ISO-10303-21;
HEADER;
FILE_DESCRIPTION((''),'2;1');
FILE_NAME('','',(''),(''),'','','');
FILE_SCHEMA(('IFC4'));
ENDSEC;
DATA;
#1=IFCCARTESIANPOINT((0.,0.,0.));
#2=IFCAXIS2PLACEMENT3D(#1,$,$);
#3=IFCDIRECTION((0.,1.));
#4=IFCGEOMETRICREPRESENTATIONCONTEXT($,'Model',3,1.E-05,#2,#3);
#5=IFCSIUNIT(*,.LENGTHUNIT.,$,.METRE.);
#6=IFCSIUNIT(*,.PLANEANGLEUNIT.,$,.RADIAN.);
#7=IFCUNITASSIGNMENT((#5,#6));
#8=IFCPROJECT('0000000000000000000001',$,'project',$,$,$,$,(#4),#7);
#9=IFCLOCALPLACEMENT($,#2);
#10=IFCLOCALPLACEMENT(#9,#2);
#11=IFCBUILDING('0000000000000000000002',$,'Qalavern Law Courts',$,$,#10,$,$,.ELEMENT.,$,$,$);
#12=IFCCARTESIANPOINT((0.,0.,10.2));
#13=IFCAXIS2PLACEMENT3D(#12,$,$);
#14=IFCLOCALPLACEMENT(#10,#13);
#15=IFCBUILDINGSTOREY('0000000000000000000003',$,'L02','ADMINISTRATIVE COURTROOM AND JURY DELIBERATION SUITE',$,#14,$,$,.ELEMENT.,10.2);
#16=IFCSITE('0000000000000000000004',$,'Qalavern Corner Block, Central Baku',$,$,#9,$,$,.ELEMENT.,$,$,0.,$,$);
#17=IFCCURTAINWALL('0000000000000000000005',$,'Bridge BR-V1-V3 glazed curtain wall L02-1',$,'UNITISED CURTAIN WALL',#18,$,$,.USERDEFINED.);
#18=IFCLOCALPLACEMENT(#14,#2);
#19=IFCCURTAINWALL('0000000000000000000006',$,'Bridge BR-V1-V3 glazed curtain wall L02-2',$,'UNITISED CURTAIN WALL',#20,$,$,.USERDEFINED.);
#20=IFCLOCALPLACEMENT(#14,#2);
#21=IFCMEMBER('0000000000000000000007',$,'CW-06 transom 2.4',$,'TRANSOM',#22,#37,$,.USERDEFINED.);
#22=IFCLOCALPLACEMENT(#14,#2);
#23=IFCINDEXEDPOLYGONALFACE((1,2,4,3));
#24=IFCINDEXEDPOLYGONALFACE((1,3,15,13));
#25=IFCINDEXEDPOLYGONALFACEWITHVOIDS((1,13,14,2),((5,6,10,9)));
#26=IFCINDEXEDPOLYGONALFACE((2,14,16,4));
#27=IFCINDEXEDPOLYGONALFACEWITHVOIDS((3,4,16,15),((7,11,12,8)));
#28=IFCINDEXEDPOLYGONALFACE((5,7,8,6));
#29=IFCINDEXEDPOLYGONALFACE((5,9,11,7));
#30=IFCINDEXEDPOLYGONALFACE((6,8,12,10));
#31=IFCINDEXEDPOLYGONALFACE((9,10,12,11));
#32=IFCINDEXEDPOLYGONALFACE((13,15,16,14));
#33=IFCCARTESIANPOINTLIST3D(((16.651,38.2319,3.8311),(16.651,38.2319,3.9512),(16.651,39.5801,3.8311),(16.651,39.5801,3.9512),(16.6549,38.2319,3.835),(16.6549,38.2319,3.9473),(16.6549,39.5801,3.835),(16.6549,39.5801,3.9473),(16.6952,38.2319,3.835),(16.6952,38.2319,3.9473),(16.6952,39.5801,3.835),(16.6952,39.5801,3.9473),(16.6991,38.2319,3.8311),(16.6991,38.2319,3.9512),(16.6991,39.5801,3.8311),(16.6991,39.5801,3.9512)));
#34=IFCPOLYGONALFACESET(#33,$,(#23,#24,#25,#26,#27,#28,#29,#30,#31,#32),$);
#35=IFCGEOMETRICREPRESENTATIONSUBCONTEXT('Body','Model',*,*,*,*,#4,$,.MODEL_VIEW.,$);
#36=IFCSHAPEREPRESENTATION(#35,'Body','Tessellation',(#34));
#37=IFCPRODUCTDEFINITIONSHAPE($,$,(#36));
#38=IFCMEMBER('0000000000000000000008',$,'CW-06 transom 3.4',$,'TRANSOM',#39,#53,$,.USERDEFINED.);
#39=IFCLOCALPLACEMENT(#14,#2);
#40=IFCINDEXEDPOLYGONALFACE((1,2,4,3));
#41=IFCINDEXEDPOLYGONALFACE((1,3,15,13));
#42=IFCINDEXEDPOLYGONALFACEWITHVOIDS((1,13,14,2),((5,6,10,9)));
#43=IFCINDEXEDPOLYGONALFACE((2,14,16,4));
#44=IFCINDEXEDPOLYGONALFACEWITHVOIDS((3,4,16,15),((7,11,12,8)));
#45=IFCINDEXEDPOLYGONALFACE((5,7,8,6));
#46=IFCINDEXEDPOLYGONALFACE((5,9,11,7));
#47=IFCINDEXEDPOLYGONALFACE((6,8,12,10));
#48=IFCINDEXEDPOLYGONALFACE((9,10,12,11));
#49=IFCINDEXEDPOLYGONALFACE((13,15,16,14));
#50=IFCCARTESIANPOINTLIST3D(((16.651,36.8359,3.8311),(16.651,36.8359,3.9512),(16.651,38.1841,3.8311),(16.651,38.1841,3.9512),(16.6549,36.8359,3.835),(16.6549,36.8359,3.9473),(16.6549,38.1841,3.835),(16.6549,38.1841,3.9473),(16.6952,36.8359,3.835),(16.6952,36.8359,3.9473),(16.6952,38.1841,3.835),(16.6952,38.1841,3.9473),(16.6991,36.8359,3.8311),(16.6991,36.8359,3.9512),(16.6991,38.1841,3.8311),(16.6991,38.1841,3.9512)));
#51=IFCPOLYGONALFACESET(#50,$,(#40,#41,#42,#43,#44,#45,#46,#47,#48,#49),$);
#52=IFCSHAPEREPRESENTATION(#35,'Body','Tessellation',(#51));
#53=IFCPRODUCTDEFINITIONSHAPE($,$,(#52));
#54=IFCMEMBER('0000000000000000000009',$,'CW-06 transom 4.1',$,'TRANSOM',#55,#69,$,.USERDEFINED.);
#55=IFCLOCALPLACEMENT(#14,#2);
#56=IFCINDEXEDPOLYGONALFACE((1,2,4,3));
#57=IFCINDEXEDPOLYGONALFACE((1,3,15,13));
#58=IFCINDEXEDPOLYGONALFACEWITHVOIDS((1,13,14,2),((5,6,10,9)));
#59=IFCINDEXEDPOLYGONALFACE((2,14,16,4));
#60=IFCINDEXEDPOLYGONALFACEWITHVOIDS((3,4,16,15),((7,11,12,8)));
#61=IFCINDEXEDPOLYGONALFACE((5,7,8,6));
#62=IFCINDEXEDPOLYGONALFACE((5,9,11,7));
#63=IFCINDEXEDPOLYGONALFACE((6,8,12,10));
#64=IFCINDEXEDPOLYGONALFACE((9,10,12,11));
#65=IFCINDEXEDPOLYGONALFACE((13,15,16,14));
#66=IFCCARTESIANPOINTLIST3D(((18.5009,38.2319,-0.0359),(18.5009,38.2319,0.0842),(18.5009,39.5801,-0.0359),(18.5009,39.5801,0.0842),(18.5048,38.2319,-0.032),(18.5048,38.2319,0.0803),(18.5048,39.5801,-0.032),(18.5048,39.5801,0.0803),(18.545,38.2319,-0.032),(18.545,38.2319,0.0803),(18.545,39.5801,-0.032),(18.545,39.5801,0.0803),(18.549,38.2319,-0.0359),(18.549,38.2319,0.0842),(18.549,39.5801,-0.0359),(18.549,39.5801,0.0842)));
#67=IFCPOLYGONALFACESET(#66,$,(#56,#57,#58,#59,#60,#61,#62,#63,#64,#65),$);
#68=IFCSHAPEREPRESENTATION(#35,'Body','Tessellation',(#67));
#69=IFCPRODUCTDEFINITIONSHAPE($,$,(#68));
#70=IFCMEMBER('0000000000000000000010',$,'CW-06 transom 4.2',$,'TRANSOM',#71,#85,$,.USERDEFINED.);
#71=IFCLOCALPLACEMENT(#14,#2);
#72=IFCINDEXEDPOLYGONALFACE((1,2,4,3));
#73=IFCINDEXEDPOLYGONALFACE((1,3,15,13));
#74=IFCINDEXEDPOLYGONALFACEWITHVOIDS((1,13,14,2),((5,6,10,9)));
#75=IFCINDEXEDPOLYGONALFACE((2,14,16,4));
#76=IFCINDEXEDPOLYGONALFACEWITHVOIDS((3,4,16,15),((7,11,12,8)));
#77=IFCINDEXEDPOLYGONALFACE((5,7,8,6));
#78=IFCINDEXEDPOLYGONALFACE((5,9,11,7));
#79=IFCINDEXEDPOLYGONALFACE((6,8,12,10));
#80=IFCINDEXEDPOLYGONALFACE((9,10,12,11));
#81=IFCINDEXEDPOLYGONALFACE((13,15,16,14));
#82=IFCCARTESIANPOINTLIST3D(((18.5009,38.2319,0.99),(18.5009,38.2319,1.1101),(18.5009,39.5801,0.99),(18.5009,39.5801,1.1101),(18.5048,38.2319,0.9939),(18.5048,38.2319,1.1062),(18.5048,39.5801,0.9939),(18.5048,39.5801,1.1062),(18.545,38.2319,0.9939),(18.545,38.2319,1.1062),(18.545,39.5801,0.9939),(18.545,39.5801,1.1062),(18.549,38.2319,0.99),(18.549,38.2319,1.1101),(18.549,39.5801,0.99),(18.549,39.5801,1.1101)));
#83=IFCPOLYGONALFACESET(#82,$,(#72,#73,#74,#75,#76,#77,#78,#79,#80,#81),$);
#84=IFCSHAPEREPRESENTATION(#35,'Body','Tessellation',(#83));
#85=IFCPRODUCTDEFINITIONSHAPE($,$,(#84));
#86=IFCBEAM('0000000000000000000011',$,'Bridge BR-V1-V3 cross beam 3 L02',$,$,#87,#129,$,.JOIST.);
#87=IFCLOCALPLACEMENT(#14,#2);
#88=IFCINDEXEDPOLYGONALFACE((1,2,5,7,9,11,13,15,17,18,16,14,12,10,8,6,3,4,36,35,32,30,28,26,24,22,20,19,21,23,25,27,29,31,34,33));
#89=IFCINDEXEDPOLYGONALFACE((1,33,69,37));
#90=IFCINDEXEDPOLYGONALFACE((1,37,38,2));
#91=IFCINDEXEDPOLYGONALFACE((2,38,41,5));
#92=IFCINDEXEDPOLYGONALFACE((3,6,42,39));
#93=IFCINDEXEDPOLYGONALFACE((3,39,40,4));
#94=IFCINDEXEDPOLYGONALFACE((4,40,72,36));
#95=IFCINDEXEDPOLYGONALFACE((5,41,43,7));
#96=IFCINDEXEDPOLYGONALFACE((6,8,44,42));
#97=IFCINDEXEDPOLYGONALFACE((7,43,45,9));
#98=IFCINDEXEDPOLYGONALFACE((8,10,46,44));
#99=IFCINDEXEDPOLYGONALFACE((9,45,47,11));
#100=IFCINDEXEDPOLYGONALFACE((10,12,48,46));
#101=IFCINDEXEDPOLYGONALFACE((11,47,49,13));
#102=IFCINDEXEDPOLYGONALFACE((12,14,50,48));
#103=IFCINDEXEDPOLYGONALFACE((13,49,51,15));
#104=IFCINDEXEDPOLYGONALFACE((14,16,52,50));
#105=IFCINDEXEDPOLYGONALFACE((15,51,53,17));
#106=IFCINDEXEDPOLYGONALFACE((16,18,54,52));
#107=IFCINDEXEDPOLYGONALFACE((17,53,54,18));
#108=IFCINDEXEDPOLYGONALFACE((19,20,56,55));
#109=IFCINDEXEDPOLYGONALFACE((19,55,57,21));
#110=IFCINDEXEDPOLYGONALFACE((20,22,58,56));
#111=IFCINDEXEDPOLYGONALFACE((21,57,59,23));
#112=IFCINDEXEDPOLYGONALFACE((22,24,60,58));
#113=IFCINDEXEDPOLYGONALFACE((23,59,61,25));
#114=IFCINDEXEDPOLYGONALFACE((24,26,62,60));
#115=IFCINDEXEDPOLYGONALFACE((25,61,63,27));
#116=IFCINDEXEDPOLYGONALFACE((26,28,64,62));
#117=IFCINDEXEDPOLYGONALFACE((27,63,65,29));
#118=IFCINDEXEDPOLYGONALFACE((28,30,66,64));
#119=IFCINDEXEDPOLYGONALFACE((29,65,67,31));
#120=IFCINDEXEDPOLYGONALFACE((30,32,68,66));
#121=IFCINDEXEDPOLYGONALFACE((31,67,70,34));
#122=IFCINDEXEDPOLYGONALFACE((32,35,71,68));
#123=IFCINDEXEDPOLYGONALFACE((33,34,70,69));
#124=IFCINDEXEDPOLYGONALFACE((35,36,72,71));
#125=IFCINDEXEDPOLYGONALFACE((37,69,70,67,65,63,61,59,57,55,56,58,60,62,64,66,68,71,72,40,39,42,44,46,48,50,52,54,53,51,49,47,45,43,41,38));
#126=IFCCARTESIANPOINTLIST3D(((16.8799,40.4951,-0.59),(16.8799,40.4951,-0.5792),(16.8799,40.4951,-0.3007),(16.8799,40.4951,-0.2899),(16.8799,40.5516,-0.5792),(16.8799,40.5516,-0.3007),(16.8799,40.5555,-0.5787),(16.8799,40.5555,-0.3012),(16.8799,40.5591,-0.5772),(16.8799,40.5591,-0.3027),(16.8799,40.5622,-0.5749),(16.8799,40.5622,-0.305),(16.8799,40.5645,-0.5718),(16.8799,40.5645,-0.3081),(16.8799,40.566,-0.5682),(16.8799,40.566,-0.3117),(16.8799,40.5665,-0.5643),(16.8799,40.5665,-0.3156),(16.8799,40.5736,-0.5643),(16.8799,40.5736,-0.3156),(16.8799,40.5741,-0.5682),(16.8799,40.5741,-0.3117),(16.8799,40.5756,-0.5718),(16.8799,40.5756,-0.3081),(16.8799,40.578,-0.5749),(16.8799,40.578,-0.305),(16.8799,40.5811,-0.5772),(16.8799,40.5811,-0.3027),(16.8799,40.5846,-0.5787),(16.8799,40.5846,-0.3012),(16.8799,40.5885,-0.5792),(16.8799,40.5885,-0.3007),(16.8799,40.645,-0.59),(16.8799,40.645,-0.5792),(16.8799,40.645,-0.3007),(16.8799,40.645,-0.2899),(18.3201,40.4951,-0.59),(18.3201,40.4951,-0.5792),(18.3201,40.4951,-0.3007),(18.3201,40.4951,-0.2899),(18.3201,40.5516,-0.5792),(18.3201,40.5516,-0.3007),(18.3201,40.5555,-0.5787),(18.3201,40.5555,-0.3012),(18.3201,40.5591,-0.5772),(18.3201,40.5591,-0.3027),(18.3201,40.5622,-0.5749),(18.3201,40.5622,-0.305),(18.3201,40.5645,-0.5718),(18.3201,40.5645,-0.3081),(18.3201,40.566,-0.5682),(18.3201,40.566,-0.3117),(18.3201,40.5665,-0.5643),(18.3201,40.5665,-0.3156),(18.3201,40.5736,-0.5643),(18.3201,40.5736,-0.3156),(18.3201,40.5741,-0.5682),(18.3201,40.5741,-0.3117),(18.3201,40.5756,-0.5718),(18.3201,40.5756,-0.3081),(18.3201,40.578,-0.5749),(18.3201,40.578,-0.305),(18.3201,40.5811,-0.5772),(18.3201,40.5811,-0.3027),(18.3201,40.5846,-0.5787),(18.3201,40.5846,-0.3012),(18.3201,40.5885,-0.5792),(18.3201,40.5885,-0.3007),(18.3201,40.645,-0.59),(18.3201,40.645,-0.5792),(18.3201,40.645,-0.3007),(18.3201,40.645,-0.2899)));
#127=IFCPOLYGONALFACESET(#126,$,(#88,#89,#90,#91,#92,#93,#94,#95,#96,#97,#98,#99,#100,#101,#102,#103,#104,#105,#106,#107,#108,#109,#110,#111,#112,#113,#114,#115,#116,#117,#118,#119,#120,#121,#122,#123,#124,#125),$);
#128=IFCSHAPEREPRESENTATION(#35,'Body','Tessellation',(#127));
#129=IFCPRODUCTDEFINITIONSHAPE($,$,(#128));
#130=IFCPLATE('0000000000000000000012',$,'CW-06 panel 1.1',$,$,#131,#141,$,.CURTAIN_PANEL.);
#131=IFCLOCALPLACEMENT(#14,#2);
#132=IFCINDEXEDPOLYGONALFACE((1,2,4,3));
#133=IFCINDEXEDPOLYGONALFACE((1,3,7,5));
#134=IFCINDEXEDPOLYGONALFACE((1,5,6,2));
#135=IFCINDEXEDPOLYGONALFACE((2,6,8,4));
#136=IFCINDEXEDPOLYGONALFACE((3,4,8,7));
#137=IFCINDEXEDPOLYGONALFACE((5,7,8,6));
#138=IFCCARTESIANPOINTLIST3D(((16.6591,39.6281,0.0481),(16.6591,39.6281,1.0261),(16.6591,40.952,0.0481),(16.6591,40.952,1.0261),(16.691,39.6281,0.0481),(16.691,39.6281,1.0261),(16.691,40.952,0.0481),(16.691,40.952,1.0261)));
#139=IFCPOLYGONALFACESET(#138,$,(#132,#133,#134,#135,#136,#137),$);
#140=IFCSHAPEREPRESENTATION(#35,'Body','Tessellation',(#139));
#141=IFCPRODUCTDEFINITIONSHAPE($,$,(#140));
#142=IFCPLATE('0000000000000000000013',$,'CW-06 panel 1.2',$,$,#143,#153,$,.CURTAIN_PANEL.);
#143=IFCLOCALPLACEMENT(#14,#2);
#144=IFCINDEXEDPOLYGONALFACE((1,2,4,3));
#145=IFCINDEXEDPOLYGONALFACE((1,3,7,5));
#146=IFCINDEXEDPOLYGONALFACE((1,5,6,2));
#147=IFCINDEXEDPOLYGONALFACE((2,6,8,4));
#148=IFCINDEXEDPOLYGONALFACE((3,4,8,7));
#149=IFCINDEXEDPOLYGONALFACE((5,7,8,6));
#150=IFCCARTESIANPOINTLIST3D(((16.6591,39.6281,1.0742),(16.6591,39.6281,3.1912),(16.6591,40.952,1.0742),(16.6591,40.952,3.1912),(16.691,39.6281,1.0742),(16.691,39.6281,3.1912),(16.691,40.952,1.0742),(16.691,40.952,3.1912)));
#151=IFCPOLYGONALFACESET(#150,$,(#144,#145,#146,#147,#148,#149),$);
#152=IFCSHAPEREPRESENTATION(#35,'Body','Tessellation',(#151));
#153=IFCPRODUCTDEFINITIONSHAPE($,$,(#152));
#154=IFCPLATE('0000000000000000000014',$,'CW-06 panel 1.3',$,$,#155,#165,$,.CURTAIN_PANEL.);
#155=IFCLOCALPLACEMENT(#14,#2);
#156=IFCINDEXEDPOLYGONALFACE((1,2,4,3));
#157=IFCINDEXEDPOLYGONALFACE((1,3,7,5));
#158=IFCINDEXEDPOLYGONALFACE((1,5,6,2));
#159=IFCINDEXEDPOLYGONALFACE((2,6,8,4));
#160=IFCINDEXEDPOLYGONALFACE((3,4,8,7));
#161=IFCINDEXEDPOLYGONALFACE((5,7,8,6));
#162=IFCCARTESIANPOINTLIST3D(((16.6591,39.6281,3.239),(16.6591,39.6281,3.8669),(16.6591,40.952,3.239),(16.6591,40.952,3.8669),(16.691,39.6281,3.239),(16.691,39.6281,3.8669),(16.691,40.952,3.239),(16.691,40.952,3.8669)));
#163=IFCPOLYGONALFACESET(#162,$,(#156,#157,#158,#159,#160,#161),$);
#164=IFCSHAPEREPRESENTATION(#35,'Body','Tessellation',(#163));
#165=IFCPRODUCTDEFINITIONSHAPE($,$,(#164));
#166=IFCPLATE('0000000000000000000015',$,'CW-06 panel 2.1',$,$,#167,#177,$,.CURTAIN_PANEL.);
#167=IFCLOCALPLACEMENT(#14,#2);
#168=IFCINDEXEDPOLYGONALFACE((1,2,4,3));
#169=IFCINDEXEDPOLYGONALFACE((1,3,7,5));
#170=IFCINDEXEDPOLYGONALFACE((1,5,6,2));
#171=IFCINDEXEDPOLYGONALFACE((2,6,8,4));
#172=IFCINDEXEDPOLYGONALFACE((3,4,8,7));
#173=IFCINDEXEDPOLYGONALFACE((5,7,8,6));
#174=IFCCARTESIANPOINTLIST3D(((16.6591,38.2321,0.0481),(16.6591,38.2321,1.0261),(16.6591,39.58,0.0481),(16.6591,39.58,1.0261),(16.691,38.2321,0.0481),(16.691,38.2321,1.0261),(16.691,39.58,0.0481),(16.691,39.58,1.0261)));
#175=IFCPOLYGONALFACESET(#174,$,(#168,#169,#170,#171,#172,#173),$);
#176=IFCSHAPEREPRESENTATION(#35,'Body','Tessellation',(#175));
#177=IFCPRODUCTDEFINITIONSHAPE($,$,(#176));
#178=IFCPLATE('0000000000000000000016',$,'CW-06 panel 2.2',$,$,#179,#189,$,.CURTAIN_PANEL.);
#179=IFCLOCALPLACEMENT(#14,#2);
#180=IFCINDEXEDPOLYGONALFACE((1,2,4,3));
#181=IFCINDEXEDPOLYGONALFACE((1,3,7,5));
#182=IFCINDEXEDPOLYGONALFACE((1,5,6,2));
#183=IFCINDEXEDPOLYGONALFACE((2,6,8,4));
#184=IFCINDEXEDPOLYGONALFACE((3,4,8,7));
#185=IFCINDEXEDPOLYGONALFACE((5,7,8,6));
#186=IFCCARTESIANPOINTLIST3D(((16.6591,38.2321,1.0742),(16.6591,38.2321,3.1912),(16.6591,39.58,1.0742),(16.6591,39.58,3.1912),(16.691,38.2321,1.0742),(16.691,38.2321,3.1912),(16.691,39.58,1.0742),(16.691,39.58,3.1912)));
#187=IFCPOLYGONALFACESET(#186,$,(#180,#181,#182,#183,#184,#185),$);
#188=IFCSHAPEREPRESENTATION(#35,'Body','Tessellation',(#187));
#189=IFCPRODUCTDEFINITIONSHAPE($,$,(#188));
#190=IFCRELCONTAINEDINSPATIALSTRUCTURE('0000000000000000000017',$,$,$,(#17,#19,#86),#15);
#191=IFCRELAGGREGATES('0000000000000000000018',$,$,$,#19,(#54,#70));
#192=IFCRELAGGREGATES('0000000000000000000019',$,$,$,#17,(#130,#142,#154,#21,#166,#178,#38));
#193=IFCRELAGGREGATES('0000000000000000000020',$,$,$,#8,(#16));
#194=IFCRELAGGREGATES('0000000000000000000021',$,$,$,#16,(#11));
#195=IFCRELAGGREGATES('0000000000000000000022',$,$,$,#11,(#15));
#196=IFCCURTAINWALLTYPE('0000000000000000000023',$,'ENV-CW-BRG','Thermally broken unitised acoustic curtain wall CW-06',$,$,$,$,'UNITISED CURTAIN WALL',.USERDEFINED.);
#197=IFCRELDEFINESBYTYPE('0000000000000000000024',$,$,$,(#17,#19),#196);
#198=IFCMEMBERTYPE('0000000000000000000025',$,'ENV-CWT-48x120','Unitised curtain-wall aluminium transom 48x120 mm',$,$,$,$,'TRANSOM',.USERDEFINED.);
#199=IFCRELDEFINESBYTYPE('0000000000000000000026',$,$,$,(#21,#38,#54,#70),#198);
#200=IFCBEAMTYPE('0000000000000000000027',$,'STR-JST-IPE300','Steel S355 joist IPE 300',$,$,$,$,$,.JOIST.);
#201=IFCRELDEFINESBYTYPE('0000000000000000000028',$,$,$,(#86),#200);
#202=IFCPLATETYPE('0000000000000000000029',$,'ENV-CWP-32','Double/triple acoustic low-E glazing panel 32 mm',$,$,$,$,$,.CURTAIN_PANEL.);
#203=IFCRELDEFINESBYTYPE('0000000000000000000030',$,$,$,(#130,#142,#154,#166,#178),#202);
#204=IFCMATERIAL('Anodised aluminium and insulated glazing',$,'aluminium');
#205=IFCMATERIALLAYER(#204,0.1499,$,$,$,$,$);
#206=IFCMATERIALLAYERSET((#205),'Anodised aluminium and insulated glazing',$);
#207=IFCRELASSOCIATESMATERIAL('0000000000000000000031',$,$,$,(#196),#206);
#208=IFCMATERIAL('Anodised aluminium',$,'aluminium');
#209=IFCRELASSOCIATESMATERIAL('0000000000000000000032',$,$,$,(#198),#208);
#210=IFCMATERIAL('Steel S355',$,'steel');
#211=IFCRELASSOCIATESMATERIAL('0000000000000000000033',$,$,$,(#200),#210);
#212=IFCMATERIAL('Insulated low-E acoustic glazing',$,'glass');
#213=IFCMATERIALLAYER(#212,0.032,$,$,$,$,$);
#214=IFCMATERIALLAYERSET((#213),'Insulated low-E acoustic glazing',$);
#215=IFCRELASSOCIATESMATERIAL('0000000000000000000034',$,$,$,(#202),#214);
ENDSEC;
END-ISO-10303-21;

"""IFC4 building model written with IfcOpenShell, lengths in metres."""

from ifc_helpers import new_model, si_unit, direction, frame, origin, origin_2d, place, context, subcontext, project, spatial, rectangle, hollow_rectangle, i_section, extrude, material, layer, layer_set, material_profile, profile_set, type_object, element, aggregate, save


model = new_model("IFC4")

# Units and contexts
model_context = context("Model", 3, precision=1e-05, world=origin(), true_north=direction((0.0, 1.0)))
body_context = subcontext(model_context, "Body", "Model", "MODEL_VIEW")
ifc_project = project(units=[si_unit("LENGTHUNIT", "METRE"), si_unit("PLANEANGLEUNIT", "RADIAN")], contexts=[model_context])

# Site, building, storey
site_placement = place(None, origin())
site = spatial("IfcSite", under=ifc_project, at=site_placement, Name="Qalavern Corner Block, Central Baku", CompositionType="ELEMENT", RefElevation=0.0)
building_placement = place(site_placement, origin())
building = spatial("IfcBuilding", under=site, at=building_placement, Name="Qalavern Law Courts", CompositionType="ELEMENT")
storey_placement = place(building_placement, frame((0.0, 0.0, 10.2)))
storey = spatial("IfcBuildingStorey", under=building, at=storey_placement, Name="L02", Description="ADMINISTRATIVE COURTROOM AND JURY DELIBERATION SUITE", CompositionType="ELEMENT", Elevation=10.2)

# Curtain wall
ifc_material_1 = material(Name="Anodised aluminium and insulated glazing", Category="aluminium")
ifc_layer_1 = layer(ifc_material_1, 0.1499)
ifc_layer_set_1 = layer_set([ifc_layer_1], Name="Anodised aluminium and insulated glazing")
curtain_wall_type = type_object("IfcCurtainWallType", Name="ENV-CW-BRG", Description="Thermally broken unitised acoustic curtain wall CW-06", ElementType="UNITISED CURTAIN WALL", PredefinedType="USERDEFINED", material=ifc_layer_set_1)
curtain_wall_1_placement = place(storey_placement, origin())
curtain_wall_1 = element("IfcCurtainWall", 1, at=curtain_wall_1_placement, inside=storey, type_object=curtain_wall_type, Name="Bridge BR-V1-V3 glazed curtain wall L02-1", ObjectType="UNITISED CURTAIN WALL", PredefinedType="USERDEFINED")
ifc_material_2 = material(Name="Anodised aluminium", Category="aluminium")

# Curtain wall
curtain_wall_2_placement = place(storey_placement, origin())
curtain_wall_2 = element("IfcCurtainWall", 2, at=curtain_wall_2_placement, inside=storey, type_object=curtain_wall_type, Name="Bridge BR-V1-V3 glazed curtain wall L02-2", ObjectType="UNITISED CURTAIN WALL", PredefinedType="USERDEFINED")

# Members
ifc_material_profile_1 = material_profile(ifc_material_2, hollow_rectangle(XDim=0.0481, YDim=0.1201, WallThickness=0.0039, at=origin_2d()), Name="ALU TRANSOM 48x120")
ifc_profile_set_1 = profile_set([ifc_material_profile_1], Name="Anodised aluminium")
member_type_1 = type_object("IfcMemberType", Name="ENV-CWT-48x120", Description="Unitised curtain-wall aluminium transom 48x120 mm", ElementType="TRANSOM", PredefinedType="USERDEFINED", material=ifc_profile_set_1)
member_1_placement = place(storey_placement, frame((16.675, 39.5801, 3.8911), z_axis=(0.0, -1.0, 0.0), x_axis=(1.0, 0.0, 0.0)))
member_1 = element("IfcMember", 3, at=member_1_placement, type_object=member_type_1, Name="CW-06 transom 2.4", ObjectType="TRANSOM", PredefinedType="USERDEFINED", context=body_context, shape_type="SweptSolid", body=[
    extrude(hollow_rectangle(XDim=0.0481, YDim=0.1201, WallThickness=0.0039, at=origin_2d()), origin(), (0.0, 0.0, 1.0), 1.3481),
])
member_2_placement = place(storey_placement, frame((16.675, 38.1841, 3.8911), z_axis=(0.0, -1.0, 0.0), x_axis=(1.0, 0.0, 0.0)))
member_2 = element("IfcMember", 4, at=member_2_placement, type_object=member_type_1, Name="CW-06 transom 3.4", ObjectType="TRANSOM", PredefinedType="USERDEFINED", context=body_context, shape_type="SweptSolid", body=[
    extrude(hollow_rectangle(XDim=0.0481, YDim=0.1201, WallThickness=0.0039, at=origin_2d()), origin(), (0.0, 0.0, 1.0), 1.3481),
])
member_3_placement = place(storey_placement, frame((18.5249, 38.2319, 0.0242), z_axis=(0.0, 1.0, 0.0), x_axis=(-1.0, 0.0, 0.0)))
member_3 = element("IfcMember", 5, at=member_3_placement, type_object=member_type_1, Name="CW-06 transom 4.1", ObjectType="TRANSOM", PredefinedType="USERDEFINED", context=body_context, shape_type="SweptSolid", body=[
    extrude(hollow_rectangle(XDim=0.0481, YDim=0.1201, WallThickness=0.0039, at=origin_2d()), origin(), (0.0, 0.0, 1.0), 1.3481),
])
member_4_placement = place(storey_placement, frame((18.5249, 38.2319, 1.05), z_axis=(0.0, 1.0, 0.0), x_axis=(-1.0, 0.0, 0.0)))
member_4 = element("IfcMember", 6, at=member_4_placement, type_object=member_type_1, Name="CW-06 transom 4.2", ObjectType="TRANSOM", PredefinedType="USERDEFINED", context=body_context, shape_type="SweptSolid", body=[
    extrude(hollow_rectangle(XDim=0.0481, YDim=0.1201, WallThickness=0.0039, at=origin_2d()), origin(), (0.0, 0.0, 1.0), 1.3481),
])
aggregate(curtain_wall_2, [member_3, member_4])

# Beam
ifc_material_3 = material(Name="Steel S355", Category="steel")
ifc_material_profile_2 = material_profile(ifc_material_3, i_section(OverallWidth=0.1499, OverallDepth=0.3, WebThickness=0.0071, FlangeThickness=0.0107, FilletRadius=0.0149, at=origin_2d()), Name="IPE 300")
ifc_profile_set_2 = profile_set([ifc_material_profile_2], Name="Steel S355")
beam_type = type_object("IfcBeamType", Name="STR-JST-IPE300", Description="Steel S355 joist IPE 300", PredefinedType="JOIST", material=ifc_profile_set_2)
beam_placement = place(storey_placement, frame((16.8799, 40.5701, -0.4399), z_axis=(1.0, 0.0, 0.0), x_axis=(0.0, 1.0, 0.0)))
element("IfcBeam", 7, at=beam_placement, inside=storey, type_object=beam_type, Name="Bridge BR-V1-V3 cross beam 3 L02", PredefinedType="JOIST", context=body_context, shape_type="SweptSolid", body=[
    extrude(i_section(OverallWidth=0.1499, OverallDepth=0.3, WebThickness=0.0071, FlangeThickness=0.0107, FilletRadius=0.0149, at=origin_2d()), origin(), (0.0, 0.0, 1.0), 1.4402),
])

# Plates
ifc_material_4 = material(Name="Insulated low-E acoustic glazing", Category="glass")
ifc_layer_2 = layer(ifc_material_4, 0.032)
ifc_layer_set_2 = layer_set([ifc_layer_2], Name="Insulated low-E acoustic glazing")
plate_type = type_object("IfcPlateType", Name="ENV-CWP-32", Description="Double/triple acoustic low-E glazing panel 32 mm", PredefinedType="CURTAIN_PANEL", material=ifc_layer_set_2)
plate_1_placement = place(storey_placement, frame((16.675, 40.29, 0.0481), z_axis=(0.0, 0.0, 1.0), x_axis=(0.0, -1.0, 0.0)))
plate_1 = element("IfcPlate", 8, at=plate_1_placement, type_object=plate_type, Name="CW-06 panel 1.1", PredefinedType="CURTAIN_PANEL", context=body_context, shape_type="SweptSolid", body=[
    extrude(rectangle(XDim=1.324, YDim=0.032, at=origin_2d()), origin(), (0.0, 0.0, 1.0), 0.978),
])
plate_2_placement = place(storey_placement, frame((16.675, 40.29, 1.0742), z_axis=(0.0, 0.0, 1.0), x_axis=(0.0, -1.0, 0.0)))
plate_2 = element("IfcPlate", 9, at=plate_2_placement, type_object=plate_type, Name="CW-06 panel 1.2", PredefinedType="CURTAIN_PANEL", context=body_context, shape_type="SweptSolid", body=[
    extrude(rectangle(XDim=1.324, YDim=0.032, at=origin_2d()), origin(), (0.0, 0.0, 1.0), 2.1169),
])
plate_3_placement = place(storey_placement, frame((16.675, 40.29, 3.239), z_axis=(0.0, 0.0, 1.0), x_axis=(0.0, -1.0, 0.0)))
plate_3 = element("IfcPlate", 10, at=plate_3_placement, type_object=plate_type, Name="CW-06 panel 1.3", PredefinedType="CURTAIN_PANEL", context=body_context, shape_type="SweptSolid", body=[
    extrude(rectangle(XDim=1.324, YDim=0.032, at=origin_2d()), origin(), (0.0, 0.0, 1.0), 0.6279),
])
plate_4_placement = place(storey_placement, frame((16.675, 38.906, 0.0481), z_axis=(0.0, 0.0, 1.0), x_axis=(0.0, -1.0, 0.0)))
plate_4 = element("IfcPlate", 11, at=plate_4_placement, type_object=plate_type, Name="CW-06 panel 2.1", PredefinedType="CURTAIN_PANEL", context=body_context, shape_type="SweptSolid", body=[
    extrude(rectangle(XDim=1.3479, YDim=0.032, at=origin_2d()), origin(), (0.0, 0.0, 1.0), 0.978),
])
plate_5_placement = place(storey_placement, frame((16.675, 38.906, 1.0742), z_axis=(0.0, 0.0, 1.0), x_axis=(0.0, -1.0, 0.0)))
plate_5 = element("IfcPlate", 12, at=plate_5_placement, type_object=plate_type, Name="CW-06 panel 2.2", PredefinedType="CURTAIN_PANEL", context=body_context, shape_type="SweptSolid", body=[
    extrude(rectangle(XDim=1.3479, YDim=0.032, at=origin_2d()), origin(), (0.0, 0.0, 1.0), 2.1169),
])
aggregate(curtain_wall_1, [plate_1, plate_2, plate_3, member_1, plate_4, plate_5, member_2])

save(model, "model.ifc")
